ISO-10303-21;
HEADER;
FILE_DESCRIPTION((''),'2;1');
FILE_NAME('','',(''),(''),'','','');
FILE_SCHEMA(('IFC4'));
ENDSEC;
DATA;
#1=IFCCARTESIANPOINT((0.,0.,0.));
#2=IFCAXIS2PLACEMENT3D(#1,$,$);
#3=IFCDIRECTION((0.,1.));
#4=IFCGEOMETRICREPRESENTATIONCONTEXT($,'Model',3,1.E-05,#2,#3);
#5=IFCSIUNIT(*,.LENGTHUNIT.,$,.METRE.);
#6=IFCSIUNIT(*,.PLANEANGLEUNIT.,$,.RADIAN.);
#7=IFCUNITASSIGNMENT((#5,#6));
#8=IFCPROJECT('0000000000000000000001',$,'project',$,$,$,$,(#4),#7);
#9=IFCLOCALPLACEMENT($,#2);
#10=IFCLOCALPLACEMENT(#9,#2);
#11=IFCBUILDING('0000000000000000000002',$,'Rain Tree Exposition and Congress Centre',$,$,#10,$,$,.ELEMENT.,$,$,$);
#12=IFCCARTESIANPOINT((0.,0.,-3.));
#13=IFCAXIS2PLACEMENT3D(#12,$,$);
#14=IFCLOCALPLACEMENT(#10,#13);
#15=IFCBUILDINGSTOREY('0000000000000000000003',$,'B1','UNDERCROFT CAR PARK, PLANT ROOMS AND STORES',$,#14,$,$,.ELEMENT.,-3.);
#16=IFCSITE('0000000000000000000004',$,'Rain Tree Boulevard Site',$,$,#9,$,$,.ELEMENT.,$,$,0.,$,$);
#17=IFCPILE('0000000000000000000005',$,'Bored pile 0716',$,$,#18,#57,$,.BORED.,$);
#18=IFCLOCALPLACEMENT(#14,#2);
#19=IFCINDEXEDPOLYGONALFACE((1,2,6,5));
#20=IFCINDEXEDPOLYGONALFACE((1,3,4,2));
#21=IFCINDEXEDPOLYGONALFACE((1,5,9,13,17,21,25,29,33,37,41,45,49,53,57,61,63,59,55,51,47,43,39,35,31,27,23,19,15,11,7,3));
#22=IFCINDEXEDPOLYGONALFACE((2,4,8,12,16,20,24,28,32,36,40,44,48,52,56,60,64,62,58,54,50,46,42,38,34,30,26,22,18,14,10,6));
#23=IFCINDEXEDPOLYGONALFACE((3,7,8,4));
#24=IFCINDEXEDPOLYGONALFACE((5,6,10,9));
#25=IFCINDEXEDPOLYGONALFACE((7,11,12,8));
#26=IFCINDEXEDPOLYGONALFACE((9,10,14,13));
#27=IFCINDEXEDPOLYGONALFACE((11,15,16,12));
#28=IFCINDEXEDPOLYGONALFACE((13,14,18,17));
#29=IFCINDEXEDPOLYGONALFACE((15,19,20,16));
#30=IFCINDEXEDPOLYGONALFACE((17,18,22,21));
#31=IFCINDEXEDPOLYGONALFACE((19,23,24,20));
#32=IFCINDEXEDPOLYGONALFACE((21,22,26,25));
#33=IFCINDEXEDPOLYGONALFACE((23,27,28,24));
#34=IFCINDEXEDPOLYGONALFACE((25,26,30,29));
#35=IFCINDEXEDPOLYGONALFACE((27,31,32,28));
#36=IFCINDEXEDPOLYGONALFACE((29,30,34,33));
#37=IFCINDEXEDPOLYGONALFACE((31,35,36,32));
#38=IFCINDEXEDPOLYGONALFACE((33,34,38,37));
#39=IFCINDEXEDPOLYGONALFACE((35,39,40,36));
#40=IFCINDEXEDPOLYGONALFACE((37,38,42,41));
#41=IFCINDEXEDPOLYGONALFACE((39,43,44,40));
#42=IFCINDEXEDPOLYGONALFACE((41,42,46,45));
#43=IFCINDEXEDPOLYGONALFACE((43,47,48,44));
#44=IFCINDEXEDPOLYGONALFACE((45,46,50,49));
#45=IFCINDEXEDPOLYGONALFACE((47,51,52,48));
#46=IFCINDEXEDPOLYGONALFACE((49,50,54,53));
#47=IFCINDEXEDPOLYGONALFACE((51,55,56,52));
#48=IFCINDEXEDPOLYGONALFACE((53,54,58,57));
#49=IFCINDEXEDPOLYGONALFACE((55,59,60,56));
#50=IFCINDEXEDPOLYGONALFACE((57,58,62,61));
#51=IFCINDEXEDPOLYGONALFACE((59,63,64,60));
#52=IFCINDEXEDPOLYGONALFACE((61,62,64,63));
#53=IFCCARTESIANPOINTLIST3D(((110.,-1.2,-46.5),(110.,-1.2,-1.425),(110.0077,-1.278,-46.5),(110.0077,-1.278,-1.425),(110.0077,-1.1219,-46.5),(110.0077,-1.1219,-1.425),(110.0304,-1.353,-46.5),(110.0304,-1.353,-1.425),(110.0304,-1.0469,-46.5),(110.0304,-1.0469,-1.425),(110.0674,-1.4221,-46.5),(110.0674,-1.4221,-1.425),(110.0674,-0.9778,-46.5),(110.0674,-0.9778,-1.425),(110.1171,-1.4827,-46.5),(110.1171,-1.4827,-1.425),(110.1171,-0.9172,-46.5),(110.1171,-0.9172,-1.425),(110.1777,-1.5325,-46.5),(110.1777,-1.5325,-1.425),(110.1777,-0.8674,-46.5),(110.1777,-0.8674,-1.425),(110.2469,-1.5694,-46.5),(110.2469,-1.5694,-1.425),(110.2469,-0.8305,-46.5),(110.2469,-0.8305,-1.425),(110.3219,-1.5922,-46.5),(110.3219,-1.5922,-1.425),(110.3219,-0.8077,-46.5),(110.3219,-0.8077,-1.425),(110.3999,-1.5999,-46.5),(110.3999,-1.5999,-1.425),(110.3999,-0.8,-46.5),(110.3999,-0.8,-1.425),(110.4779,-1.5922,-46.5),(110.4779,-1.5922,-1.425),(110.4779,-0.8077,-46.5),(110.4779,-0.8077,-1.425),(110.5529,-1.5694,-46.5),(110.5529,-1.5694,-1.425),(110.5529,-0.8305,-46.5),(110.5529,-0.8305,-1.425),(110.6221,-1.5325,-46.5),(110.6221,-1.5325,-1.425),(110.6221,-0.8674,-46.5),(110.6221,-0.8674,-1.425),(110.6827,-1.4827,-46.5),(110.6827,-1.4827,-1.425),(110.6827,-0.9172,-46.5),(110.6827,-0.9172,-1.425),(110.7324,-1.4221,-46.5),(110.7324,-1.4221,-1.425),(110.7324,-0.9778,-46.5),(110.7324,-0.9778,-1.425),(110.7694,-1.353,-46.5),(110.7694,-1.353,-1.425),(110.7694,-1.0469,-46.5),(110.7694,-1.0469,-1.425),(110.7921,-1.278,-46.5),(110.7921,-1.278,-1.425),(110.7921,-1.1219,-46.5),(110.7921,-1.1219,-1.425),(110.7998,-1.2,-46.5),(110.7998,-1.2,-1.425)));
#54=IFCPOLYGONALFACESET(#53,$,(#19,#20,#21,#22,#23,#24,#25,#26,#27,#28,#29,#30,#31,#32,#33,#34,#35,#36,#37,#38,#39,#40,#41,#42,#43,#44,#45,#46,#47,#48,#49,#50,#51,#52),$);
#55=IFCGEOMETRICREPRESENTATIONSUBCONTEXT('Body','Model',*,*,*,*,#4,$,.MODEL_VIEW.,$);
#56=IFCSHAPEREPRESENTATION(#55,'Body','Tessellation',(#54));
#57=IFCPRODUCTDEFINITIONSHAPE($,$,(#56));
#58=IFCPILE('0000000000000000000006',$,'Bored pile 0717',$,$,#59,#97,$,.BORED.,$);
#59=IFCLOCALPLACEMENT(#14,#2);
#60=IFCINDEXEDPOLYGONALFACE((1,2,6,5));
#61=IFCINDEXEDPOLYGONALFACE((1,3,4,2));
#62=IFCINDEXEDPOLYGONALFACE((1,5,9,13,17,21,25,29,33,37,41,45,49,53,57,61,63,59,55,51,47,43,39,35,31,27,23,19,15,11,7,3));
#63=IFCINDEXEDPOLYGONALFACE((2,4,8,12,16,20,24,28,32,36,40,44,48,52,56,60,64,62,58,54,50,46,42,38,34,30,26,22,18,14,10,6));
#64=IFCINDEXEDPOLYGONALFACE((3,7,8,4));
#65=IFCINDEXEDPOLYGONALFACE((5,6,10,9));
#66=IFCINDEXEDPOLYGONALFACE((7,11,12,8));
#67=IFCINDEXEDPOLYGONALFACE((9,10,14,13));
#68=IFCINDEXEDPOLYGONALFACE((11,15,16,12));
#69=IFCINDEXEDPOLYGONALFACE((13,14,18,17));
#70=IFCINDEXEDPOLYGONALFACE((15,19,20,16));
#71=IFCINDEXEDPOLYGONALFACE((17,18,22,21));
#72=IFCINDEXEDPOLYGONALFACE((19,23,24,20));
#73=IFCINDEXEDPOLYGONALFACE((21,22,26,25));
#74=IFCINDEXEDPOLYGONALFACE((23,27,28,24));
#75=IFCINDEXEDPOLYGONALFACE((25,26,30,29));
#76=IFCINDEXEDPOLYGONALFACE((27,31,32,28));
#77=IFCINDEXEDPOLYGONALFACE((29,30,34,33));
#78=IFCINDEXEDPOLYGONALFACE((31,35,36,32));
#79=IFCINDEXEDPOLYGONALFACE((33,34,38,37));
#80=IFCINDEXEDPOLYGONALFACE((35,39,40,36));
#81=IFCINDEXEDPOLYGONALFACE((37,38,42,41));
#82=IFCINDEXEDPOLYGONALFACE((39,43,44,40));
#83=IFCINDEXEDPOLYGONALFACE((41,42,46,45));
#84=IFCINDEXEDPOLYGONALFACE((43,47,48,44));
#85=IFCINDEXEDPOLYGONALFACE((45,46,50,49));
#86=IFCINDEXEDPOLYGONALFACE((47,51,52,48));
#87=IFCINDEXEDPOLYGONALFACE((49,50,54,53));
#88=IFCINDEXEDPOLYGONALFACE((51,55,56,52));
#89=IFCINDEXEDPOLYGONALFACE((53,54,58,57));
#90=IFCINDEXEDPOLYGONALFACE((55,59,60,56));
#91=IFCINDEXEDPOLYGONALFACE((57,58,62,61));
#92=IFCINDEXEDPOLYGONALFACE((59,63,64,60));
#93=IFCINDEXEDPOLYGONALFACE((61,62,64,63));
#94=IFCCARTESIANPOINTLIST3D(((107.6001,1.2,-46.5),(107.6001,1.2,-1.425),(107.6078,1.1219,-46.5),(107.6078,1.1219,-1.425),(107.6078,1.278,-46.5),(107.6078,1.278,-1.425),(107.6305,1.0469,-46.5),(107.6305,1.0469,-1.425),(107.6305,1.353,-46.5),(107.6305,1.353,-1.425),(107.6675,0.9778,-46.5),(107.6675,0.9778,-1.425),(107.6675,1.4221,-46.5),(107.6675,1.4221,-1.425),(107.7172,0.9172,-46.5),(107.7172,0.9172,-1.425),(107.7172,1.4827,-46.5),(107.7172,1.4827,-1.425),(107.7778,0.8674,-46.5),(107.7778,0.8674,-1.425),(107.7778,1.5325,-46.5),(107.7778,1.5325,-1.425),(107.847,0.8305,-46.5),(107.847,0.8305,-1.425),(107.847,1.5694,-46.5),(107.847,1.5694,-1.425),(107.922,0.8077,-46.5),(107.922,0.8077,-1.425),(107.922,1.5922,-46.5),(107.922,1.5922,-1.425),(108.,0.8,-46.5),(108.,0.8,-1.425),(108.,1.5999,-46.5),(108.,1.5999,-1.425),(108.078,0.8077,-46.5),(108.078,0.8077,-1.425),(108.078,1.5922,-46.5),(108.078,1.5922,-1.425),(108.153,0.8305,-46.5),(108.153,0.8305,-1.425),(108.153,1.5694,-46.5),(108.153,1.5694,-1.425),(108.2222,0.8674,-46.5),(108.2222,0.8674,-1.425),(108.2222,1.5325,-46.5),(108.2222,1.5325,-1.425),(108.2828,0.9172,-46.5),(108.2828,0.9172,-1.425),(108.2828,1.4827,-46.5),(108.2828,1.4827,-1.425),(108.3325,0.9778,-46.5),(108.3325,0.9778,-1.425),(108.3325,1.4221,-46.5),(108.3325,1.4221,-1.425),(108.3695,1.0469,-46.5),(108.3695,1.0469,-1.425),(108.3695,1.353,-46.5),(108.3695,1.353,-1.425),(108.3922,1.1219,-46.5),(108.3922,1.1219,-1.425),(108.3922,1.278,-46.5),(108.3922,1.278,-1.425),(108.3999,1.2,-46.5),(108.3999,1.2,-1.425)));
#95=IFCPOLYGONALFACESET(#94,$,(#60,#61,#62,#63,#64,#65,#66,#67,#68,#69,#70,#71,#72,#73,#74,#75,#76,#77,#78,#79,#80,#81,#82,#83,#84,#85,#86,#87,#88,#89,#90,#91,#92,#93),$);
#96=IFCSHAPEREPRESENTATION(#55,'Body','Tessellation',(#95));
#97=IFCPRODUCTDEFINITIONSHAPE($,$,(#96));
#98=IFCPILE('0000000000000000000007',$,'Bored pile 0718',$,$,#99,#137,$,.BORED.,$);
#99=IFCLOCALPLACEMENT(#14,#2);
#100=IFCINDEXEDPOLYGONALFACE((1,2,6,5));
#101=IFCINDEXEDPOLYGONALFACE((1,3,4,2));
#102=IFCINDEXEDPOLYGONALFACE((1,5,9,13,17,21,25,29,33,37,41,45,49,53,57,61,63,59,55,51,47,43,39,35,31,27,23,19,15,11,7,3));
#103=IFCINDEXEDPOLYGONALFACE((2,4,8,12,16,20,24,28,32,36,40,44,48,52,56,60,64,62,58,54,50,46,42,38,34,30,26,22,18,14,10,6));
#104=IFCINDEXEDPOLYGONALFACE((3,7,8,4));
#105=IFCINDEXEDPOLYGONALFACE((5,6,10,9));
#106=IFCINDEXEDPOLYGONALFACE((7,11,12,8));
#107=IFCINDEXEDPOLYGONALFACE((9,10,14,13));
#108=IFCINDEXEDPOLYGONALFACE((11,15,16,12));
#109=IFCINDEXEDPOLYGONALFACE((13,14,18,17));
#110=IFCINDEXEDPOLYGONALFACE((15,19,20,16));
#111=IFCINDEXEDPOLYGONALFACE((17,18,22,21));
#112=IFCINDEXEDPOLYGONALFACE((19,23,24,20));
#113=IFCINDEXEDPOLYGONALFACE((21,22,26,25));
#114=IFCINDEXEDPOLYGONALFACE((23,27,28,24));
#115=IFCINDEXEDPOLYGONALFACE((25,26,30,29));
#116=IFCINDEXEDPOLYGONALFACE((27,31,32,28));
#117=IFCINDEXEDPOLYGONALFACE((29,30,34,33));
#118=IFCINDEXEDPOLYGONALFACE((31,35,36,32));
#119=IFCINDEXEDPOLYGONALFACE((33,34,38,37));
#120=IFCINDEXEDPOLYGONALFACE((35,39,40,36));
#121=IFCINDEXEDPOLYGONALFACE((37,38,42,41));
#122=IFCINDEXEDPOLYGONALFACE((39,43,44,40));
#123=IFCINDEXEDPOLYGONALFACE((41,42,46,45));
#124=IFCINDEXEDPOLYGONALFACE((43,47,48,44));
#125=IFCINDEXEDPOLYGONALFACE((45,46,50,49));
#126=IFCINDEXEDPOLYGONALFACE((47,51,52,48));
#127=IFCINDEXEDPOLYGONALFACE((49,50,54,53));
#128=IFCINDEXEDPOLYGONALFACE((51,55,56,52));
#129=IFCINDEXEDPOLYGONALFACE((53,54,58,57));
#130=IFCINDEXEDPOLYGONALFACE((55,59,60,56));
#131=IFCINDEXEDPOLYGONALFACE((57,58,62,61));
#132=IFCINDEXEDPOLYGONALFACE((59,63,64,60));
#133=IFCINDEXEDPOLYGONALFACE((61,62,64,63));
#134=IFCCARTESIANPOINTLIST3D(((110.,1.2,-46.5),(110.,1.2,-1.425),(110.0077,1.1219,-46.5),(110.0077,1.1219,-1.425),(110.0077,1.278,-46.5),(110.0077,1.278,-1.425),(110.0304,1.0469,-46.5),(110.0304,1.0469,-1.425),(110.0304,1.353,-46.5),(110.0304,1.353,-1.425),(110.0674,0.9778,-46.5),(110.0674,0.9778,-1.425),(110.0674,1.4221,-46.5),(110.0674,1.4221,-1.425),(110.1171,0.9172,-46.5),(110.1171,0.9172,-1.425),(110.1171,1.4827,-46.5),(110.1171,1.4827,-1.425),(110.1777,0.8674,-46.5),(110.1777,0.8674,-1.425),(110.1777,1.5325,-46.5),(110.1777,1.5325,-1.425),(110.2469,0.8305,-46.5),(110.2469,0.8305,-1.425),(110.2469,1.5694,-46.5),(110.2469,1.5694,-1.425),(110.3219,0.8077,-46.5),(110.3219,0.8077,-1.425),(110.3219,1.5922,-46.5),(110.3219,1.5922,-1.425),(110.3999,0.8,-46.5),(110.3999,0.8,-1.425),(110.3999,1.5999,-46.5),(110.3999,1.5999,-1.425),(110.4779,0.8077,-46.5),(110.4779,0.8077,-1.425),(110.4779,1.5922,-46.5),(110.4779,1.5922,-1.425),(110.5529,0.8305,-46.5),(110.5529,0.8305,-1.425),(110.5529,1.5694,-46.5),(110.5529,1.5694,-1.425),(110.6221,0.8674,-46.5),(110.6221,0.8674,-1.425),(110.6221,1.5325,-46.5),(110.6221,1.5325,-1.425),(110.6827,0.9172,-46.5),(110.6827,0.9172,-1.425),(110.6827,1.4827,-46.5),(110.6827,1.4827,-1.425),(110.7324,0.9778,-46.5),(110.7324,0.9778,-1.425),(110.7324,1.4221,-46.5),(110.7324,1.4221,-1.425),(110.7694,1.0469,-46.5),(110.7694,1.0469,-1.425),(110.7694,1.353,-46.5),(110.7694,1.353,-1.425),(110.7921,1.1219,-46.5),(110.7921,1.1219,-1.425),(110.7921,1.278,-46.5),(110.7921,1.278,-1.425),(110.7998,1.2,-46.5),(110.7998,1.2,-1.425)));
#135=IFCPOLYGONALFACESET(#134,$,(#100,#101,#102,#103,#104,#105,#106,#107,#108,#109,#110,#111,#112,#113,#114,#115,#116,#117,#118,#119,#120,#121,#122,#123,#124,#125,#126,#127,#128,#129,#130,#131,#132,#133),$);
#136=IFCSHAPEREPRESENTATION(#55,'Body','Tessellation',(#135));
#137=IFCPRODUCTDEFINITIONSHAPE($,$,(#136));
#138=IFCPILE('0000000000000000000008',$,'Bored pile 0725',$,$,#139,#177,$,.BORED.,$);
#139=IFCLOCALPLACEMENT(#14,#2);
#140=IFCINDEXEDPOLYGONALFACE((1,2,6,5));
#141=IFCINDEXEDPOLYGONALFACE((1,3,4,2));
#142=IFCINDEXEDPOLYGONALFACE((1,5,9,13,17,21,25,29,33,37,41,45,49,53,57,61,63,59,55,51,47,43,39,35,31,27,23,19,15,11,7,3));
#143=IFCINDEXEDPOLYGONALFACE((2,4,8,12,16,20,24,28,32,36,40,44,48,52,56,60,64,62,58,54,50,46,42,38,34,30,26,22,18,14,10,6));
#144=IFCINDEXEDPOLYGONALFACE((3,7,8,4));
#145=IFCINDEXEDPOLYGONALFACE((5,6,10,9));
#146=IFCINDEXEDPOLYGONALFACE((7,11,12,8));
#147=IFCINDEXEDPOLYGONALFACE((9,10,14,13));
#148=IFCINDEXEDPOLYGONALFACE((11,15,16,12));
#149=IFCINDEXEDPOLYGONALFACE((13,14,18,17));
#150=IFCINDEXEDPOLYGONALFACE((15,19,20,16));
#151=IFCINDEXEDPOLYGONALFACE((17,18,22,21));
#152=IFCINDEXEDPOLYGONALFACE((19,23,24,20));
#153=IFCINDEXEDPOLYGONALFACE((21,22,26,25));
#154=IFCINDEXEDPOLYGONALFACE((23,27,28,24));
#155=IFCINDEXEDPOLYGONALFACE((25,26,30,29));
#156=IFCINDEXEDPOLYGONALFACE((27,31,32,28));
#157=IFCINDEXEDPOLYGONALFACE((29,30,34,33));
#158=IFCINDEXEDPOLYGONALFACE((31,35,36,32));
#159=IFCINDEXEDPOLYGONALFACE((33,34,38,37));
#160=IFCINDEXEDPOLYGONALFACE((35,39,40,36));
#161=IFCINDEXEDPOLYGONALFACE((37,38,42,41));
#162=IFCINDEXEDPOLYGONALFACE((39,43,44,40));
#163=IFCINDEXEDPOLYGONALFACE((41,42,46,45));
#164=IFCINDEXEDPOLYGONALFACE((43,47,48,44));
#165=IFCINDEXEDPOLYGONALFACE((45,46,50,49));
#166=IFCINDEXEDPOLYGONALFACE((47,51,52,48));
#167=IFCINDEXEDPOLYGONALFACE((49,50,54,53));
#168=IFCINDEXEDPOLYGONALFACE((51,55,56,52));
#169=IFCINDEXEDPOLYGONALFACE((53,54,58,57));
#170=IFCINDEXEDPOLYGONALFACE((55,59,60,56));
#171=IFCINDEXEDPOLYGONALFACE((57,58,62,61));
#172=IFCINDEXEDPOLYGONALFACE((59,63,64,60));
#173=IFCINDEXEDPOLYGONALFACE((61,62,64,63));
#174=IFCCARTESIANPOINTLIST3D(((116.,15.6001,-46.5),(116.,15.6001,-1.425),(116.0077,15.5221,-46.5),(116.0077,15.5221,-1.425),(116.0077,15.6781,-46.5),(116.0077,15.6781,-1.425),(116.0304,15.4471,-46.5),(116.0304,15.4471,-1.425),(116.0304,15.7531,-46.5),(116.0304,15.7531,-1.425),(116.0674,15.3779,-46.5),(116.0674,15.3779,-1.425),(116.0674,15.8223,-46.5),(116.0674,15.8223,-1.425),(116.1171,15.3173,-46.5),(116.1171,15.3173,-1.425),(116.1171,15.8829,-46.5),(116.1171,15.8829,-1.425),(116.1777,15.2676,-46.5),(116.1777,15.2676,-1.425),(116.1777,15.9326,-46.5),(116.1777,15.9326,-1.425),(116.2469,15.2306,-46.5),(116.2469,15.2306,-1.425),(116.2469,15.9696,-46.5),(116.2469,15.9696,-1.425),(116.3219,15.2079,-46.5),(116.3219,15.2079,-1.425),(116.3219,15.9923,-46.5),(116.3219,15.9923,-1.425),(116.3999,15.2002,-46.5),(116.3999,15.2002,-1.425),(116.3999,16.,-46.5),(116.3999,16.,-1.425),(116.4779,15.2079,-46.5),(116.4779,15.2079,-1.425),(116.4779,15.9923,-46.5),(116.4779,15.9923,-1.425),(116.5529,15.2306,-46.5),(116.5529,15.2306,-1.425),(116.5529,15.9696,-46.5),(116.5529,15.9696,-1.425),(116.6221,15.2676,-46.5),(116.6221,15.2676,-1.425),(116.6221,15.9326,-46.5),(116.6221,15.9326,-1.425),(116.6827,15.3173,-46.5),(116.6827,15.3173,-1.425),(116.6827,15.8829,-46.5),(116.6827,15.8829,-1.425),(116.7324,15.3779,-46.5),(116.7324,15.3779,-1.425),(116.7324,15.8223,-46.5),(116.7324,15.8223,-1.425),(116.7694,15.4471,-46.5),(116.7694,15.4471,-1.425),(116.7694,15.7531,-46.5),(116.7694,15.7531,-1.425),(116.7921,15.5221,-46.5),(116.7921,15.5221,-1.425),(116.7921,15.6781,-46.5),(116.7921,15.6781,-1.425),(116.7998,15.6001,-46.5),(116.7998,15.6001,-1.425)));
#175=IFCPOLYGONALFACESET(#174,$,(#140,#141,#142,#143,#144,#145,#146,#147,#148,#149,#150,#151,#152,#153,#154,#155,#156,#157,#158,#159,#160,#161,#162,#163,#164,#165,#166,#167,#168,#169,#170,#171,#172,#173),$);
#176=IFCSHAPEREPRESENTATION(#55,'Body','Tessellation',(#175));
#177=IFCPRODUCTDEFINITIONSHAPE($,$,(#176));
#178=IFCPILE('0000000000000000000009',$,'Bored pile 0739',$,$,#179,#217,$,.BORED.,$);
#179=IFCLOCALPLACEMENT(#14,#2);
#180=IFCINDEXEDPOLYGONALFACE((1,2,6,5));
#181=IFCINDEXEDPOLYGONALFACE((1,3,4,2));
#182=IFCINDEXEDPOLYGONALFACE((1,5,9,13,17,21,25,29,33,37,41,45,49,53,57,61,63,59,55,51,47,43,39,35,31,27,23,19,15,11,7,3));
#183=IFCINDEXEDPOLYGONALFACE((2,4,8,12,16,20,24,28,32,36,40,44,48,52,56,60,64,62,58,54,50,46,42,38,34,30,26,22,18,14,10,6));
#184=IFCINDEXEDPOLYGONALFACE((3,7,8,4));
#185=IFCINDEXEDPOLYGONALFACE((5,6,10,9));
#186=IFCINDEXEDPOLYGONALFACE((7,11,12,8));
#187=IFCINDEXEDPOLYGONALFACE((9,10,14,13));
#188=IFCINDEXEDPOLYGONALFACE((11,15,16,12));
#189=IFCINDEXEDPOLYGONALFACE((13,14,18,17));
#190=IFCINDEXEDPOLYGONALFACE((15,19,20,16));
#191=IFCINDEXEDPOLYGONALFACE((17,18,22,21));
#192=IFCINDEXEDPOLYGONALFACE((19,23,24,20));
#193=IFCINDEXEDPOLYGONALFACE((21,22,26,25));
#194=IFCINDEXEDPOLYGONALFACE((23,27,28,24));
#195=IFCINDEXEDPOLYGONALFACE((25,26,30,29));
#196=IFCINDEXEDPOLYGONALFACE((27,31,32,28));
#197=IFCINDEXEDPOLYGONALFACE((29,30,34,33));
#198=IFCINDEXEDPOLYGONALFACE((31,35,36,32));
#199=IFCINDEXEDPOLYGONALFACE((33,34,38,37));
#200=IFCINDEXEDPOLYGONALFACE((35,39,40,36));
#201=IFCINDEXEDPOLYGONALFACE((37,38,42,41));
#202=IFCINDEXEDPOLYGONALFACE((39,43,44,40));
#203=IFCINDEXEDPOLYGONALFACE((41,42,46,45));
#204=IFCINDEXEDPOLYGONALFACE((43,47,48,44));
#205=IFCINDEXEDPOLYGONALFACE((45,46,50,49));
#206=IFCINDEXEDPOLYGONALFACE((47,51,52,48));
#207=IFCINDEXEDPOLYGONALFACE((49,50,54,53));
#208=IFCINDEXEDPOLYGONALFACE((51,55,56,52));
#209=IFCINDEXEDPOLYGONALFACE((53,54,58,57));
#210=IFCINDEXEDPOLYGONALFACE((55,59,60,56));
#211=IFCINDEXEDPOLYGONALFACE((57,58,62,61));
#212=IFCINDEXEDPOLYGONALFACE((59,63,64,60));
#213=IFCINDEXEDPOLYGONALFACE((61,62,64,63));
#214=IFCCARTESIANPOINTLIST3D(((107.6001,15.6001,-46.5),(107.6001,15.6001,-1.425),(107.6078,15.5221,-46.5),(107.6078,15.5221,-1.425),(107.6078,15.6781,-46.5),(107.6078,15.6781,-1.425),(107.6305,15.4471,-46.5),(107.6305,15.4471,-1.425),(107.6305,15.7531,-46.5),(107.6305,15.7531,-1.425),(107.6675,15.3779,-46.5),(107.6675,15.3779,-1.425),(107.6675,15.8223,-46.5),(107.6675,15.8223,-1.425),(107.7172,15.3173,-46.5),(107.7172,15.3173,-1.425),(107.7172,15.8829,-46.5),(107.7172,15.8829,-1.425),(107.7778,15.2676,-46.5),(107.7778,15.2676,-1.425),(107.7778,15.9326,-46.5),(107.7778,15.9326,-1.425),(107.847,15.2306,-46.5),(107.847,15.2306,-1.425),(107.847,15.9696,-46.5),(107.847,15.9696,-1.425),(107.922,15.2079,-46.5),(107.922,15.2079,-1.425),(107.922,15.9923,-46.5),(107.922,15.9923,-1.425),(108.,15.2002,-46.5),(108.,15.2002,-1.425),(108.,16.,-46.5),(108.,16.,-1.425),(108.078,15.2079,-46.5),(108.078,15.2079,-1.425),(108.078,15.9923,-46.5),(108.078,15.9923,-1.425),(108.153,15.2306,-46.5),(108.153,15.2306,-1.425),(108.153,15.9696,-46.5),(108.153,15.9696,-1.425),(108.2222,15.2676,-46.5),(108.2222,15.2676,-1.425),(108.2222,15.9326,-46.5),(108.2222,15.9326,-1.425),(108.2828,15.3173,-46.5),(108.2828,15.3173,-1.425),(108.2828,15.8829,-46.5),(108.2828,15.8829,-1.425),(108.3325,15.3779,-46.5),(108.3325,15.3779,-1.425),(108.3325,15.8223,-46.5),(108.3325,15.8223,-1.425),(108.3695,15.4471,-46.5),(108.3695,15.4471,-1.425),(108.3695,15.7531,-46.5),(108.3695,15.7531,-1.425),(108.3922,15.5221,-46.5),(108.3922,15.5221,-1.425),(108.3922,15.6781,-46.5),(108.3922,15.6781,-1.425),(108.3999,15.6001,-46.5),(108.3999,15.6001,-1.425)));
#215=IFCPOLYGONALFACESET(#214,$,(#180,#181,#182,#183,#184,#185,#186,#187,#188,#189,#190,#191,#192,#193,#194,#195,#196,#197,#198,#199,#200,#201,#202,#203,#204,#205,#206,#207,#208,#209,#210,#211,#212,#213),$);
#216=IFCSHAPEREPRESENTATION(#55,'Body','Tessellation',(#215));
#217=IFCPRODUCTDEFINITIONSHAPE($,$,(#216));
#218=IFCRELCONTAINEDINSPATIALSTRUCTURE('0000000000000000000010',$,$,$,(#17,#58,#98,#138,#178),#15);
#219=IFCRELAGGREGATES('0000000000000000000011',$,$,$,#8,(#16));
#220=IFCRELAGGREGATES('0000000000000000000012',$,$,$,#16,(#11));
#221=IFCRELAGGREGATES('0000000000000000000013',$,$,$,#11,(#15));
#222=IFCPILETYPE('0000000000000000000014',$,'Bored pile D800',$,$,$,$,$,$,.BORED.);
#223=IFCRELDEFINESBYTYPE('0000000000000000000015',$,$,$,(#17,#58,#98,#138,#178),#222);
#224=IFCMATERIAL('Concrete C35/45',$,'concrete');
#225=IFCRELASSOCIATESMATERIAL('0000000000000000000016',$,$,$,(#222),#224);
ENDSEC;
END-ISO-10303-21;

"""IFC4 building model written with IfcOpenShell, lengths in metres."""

from ifc_helpers import new_model, si_unit, direction, frame, origin, origin_2d, place, context, subcontext, project, spatial, circle, extrude, material, material_profile, profile_set, type_object, element, save


model = new_model("IFC4")

# Units and contexts
model_context = context("Model", 3, precision=1e-05, world=origin(), true_north=direction((0.0, 1.0)))
body_context = subcontext(model_context, "Body", "Model", "MODEL_VIEW")
ifc_project = project(units=[si_unit("LENGTHUNIT", "METRE"), si_unit("PLANEANGLEUNIT", "RADIAN")], contexts=[model_context])

# Site, building, storey
site_placement = place(None, origin())
site = spatial("IfcSite", under=ifc_project, at=site_placement, Name="Rain Tree Boulevard Site", CompositionType="ELEMENT", RefElevation=0.0)
building_placement = place(site_placement, origin())
building = spatial("IfcBuilding", under=site, at=building_placement, Name="Rain Tree Exposition and Congress Centre", CompositionType="ELEMENT")
storey_placement = place(building_placement, frame((0.0, 0.0, -3.0)))
storey = spatial("IfcBuildingStorey", under=building, at=storey_placement, Name="B1", Description="UNDERCROFT CAR PARK, PLANT ROOMS AND STORES", CompositionType="ELEMENT", Elevation=-3.0)

# Piles
ifc_material_1 = material(Name="Concrete C35/45", Category="concrete")
ifc_material_profile_1 = material_profile(ifc_material_1, circle(Radius=0.3999, at=origin_2d()), Name="D800")
ifc_profile_set_1 = profile_set([ifc_material_profile_1], Name="Concrete C35/45")
pile_type_1 = type_object("IfcPileType", Name="Bored pile D800", PredefinedType="BORED", material=ifc_profile_set_1)
for number, where, z_axis, x_axis, name in (
    (1, (110.3999, -1.2, -1.425), (0.0, 0.0, -1.0), (1.0, 0.0, 0.0), "Bored pile 0716"),
    (2, (108.0, 1.2, -1.425), (0.0, 0.0, -1.0), (1.0, 0.0, 0.0), "Bored pile 0717"),
    (3, (110.3999, 1.2, -1.425), (0.0, 0.0, -1.0), (1.0, 0.0, 0.0), "Bored pile 0718"),
    (4, (116.3999, 15.6001, -1.425), (0.0, 0.0, -1.0), (1.0, 0.0, 0.0), "Bored pile 0725"),
    (5, (108.0, 15.6001, -1.425), (0.0, 0.0, -1.0), (1.0, 0.0, 0.0), "Bored pile 0739"),
):
    element("IfcPile", number, at=place(storey_placement, frame(where, z_axis=z_axis, x_axis=x_axis)), inside=storey, type_object=pile_type_1, Name=name, PredefinedType="BORED", context=body_context, shape_type="SweptSolid", body=[
        extrude(circle(Radius=0.3999, at=origin_2d()), origin(), (0.0, 0.0, 1.0), 45.075),
    ])

save(model, "model.ifc")
